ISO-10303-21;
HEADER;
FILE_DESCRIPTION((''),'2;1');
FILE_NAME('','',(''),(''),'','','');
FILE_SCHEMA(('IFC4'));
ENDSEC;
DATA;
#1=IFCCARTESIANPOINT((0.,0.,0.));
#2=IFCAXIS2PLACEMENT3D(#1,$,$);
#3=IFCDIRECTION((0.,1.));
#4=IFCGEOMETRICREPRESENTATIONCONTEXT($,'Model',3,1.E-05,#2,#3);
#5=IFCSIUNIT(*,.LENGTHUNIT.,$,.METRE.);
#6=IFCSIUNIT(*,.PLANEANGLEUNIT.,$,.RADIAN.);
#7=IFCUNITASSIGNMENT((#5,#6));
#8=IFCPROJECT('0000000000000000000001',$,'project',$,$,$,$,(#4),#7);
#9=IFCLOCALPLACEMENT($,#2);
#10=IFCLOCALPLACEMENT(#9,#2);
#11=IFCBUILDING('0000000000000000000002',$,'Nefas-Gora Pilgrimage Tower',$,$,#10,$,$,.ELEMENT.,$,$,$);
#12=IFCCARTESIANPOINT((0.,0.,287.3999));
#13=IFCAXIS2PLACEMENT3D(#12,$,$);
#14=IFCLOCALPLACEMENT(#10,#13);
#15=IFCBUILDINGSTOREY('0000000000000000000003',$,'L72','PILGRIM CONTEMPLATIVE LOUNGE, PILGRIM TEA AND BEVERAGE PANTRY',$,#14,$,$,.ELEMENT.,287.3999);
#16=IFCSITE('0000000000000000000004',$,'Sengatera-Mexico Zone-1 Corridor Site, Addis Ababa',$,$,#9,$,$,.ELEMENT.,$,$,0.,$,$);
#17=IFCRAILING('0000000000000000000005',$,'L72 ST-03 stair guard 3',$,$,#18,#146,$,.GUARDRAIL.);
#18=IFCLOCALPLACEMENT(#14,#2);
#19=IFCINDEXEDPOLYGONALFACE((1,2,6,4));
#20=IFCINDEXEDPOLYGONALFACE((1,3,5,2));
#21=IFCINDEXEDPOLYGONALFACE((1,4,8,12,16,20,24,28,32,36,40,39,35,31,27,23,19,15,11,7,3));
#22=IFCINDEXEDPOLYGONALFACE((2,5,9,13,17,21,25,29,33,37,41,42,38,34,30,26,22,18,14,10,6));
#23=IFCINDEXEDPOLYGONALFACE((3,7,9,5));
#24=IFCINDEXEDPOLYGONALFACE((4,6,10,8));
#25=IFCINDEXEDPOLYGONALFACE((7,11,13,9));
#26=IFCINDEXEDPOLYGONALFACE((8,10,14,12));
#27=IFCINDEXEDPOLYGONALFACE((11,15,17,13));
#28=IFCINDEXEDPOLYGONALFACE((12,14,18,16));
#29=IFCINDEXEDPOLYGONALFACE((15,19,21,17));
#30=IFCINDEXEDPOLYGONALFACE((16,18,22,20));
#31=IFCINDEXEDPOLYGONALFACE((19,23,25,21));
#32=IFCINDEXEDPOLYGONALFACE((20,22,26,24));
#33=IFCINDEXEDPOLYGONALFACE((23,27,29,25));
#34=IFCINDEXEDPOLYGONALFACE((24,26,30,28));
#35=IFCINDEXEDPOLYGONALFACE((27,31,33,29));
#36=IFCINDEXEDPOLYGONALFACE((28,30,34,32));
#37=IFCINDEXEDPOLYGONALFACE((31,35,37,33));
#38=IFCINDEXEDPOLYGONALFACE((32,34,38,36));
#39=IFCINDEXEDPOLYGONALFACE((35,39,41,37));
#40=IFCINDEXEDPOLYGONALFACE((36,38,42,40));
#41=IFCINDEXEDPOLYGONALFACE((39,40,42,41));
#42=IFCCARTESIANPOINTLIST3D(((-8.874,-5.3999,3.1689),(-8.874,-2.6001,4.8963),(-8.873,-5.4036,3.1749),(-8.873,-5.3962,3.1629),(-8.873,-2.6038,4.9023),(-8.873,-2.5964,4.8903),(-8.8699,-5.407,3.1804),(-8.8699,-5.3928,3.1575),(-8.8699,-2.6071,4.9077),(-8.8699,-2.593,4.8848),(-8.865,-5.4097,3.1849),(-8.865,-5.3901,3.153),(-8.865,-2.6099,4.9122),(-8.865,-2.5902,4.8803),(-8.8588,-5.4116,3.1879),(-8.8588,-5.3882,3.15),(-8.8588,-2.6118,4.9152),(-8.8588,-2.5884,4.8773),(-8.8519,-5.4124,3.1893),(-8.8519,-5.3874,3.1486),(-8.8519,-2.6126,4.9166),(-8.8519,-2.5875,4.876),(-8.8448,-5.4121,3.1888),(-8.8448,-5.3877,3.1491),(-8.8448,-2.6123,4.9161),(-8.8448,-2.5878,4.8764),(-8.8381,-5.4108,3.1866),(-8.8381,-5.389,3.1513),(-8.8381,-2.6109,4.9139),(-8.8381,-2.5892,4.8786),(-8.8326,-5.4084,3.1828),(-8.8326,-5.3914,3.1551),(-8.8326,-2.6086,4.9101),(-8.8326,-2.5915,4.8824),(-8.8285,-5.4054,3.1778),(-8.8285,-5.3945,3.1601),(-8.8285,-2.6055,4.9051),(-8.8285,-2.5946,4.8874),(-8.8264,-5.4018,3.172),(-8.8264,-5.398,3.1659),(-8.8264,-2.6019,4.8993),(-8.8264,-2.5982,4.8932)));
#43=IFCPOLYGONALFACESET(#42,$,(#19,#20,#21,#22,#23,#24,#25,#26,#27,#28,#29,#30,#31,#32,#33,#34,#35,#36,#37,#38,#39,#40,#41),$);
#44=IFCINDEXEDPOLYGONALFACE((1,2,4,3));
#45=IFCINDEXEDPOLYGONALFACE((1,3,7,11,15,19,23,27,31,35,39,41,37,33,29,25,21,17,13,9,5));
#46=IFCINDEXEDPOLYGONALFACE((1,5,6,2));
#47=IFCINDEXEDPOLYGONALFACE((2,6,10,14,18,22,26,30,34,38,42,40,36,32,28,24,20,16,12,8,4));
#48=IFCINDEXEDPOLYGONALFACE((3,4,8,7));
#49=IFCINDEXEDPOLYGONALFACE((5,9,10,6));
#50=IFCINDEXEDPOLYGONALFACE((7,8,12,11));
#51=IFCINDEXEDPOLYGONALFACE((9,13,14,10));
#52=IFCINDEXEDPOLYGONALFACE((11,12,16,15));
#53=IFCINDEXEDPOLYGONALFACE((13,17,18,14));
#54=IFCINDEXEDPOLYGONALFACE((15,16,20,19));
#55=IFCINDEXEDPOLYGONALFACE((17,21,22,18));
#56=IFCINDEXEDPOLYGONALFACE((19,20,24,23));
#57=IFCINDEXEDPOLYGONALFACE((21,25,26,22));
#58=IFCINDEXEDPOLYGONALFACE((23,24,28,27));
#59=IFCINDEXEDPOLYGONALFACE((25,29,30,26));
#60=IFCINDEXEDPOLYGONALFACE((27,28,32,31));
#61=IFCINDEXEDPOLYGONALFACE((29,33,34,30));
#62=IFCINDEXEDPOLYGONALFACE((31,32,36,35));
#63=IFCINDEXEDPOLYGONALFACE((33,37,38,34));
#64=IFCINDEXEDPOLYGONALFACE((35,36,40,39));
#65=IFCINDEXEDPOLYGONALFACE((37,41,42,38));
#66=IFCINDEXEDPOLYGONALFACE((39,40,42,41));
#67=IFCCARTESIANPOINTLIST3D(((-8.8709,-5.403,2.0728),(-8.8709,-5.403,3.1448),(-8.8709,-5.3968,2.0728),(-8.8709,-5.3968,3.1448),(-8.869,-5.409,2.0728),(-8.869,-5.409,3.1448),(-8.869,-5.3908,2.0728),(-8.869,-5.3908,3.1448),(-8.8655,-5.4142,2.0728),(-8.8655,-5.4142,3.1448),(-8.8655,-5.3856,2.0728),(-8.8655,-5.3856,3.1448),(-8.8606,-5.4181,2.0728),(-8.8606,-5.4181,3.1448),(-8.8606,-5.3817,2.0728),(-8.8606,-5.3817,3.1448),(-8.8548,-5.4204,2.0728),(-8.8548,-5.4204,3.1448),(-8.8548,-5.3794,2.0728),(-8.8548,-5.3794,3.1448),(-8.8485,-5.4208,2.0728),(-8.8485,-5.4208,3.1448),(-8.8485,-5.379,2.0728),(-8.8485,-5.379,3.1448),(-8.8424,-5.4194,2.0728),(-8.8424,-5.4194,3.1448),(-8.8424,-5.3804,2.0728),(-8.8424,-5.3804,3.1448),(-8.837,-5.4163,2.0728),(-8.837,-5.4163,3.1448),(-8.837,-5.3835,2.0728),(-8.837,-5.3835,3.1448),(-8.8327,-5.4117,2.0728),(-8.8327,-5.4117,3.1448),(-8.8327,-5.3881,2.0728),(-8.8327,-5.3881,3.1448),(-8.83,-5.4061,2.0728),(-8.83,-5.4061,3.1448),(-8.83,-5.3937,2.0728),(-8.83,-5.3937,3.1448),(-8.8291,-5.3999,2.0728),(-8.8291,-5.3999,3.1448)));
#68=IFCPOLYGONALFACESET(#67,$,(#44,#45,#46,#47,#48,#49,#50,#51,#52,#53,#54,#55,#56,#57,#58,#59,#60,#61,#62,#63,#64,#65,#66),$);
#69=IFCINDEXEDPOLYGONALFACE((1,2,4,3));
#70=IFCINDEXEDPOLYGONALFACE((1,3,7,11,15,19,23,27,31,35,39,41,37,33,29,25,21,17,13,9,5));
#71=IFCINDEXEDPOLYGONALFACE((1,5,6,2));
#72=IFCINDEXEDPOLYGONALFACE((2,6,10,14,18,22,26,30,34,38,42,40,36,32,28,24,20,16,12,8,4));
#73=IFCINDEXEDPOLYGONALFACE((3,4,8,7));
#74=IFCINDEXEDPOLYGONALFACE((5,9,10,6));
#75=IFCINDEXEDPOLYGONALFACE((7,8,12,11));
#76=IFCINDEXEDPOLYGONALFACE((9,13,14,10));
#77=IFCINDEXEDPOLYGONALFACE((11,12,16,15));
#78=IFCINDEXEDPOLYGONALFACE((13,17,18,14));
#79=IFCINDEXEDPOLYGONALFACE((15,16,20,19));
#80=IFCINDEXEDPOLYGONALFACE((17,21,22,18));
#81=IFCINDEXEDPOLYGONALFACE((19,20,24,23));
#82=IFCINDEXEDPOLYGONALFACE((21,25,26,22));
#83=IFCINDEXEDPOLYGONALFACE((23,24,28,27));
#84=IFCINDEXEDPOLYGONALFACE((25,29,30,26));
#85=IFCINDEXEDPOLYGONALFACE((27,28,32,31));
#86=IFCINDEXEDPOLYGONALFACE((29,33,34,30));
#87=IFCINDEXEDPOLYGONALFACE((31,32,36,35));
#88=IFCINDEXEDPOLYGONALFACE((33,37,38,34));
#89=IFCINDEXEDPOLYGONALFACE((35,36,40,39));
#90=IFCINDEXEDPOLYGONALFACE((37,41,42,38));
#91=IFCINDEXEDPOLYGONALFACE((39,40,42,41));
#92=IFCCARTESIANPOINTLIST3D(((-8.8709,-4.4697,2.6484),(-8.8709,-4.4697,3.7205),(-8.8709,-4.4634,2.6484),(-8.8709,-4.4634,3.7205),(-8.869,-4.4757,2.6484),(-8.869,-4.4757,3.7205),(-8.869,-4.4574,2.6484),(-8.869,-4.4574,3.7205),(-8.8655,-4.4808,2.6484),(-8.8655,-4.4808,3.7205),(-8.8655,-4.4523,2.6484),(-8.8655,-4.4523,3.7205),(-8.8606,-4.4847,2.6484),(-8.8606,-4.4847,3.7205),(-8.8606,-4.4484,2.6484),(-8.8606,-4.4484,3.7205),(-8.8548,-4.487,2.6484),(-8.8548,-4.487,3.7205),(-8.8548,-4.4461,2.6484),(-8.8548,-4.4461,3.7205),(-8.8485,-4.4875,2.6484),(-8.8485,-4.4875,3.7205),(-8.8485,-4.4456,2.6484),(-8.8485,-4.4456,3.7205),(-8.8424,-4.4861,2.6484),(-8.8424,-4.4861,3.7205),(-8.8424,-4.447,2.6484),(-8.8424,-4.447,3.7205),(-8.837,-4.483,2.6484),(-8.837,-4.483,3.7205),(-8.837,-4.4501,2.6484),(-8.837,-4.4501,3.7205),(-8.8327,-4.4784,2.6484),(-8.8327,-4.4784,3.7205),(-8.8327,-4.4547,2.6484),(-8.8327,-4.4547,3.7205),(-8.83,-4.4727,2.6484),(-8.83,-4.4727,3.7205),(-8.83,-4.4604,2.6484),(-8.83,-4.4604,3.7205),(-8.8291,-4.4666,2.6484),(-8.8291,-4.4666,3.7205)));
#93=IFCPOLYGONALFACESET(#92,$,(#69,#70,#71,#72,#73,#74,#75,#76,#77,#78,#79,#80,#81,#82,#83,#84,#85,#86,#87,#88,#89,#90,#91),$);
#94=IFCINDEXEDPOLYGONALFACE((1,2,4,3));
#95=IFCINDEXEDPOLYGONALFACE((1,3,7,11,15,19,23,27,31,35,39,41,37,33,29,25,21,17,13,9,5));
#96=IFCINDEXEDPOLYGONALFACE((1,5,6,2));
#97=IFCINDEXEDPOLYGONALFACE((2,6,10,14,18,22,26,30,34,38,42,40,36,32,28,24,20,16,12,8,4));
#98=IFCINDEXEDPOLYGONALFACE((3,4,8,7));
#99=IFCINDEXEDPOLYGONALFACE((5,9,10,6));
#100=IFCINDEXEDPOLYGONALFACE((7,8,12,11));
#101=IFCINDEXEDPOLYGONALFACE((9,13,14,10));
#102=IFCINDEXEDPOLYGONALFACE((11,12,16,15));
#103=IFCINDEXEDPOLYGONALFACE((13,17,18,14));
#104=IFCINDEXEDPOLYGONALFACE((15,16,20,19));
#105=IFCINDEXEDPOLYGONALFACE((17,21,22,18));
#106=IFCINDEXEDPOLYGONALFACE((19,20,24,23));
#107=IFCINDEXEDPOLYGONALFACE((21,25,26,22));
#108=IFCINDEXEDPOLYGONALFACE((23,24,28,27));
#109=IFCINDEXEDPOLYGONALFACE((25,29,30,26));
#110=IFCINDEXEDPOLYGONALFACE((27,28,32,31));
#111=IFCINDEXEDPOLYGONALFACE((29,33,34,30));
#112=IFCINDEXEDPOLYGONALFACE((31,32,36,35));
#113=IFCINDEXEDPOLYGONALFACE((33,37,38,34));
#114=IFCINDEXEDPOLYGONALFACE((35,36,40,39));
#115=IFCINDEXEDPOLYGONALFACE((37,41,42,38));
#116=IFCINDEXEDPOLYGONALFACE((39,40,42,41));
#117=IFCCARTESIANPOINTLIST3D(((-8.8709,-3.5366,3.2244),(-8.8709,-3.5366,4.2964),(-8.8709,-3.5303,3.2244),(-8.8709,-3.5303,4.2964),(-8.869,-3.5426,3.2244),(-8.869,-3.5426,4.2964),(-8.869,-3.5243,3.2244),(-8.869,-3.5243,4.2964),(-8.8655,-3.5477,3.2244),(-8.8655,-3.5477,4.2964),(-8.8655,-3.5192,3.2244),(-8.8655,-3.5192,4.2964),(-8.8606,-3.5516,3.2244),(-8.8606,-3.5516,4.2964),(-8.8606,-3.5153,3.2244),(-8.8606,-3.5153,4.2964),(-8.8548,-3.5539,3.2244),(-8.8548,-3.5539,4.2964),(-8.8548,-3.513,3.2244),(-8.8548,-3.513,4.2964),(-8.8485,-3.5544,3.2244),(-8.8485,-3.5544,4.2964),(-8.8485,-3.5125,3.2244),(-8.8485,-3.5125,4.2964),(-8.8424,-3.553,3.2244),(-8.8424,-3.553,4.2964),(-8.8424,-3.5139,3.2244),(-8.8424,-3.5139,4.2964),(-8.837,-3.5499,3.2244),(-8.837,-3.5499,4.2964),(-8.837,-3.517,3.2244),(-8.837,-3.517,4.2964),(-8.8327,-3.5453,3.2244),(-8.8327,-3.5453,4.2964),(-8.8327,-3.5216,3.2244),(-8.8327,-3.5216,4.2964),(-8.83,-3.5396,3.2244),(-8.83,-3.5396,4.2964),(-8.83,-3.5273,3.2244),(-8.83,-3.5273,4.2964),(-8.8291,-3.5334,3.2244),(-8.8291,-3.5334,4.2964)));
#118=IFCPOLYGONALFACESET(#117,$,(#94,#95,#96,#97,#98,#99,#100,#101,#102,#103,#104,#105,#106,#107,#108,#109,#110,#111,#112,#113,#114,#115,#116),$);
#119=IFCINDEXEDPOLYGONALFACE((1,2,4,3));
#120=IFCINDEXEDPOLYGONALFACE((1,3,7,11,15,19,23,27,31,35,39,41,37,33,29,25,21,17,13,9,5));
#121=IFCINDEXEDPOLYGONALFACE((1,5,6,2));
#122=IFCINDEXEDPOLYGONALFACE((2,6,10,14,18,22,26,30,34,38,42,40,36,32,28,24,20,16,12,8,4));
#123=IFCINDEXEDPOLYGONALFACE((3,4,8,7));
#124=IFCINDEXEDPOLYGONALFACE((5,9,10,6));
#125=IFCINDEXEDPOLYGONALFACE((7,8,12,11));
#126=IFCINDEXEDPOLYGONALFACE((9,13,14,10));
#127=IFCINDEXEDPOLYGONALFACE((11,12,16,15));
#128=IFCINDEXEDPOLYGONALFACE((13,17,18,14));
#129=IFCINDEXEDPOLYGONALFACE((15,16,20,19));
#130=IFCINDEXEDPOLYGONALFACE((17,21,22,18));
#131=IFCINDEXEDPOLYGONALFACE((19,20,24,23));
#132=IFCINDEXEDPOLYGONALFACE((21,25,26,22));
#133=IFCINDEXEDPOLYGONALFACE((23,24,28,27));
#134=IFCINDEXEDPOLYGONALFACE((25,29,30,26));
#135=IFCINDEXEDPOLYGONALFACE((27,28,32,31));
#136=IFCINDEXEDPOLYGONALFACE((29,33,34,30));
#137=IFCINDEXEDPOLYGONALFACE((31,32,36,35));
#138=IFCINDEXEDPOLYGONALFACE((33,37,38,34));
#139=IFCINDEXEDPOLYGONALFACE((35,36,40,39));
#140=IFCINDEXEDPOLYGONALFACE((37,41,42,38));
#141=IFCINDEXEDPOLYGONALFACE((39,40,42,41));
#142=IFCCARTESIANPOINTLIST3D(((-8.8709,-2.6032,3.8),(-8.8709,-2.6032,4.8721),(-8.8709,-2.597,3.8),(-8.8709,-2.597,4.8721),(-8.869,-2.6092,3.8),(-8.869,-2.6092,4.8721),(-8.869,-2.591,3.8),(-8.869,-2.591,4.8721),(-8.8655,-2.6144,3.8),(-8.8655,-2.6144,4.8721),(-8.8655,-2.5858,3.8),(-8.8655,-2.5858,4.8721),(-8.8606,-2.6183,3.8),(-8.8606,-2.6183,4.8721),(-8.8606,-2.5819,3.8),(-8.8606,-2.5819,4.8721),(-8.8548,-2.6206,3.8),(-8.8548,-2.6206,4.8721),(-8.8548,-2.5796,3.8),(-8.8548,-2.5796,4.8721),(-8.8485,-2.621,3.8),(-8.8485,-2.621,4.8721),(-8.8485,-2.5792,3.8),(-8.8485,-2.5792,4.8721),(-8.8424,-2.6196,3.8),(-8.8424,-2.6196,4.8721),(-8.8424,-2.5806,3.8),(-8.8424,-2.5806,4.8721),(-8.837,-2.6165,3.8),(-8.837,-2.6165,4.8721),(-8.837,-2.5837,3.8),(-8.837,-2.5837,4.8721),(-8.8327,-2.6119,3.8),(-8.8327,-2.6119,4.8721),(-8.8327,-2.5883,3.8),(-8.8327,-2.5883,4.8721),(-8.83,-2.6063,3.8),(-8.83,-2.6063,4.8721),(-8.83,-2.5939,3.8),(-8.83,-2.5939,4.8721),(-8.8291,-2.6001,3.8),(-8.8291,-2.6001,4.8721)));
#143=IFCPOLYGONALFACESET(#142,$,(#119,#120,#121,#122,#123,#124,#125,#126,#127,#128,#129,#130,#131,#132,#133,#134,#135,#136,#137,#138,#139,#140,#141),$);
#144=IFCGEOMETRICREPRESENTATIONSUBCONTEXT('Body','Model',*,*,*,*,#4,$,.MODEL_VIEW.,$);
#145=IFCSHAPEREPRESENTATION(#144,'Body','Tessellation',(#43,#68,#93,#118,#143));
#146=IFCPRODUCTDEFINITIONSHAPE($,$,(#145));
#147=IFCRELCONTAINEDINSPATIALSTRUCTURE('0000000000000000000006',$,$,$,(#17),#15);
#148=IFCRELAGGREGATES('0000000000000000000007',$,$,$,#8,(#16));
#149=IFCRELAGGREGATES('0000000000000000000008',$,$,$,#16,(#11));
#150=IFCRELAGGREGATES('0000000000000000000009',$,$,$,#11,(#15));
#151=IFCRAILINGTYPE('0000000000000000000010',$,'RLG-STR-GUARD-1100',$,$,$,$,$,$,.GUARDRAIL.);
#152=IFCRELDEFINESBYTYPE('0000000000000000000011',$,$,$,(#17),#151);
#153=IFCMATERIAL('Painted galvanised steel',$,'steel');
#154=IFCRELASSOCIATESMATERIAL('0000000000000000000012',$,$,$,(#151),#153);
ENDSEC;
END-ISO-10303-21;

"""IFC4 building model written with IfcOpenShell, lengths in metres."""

from ifc_helpers import new_model, si_unit, direction, frame, origin, origin_2d, place, context, subcontext, project, spatial, circle, extrude, material, type_object, element, save


model = new_model("IFC4")

# Units and contexts
model_context = context("Model", 3, precision=1e-05, world=origin(), true_north=direction((0.0, 1.0)))
body_context = subcontext(model_context, "Body", "Model", "MODEL_VIEW")
ifc_project = project(units=[si_unit("LENGTHUNIT", "METRE"), si_unit("PLANEANGLEUNIT", "RADIAN")], contexts=[model_context])

# Site, building, storey
site_placement = place(None, origin())
site = spatial("IfcSite", under=ifc_project, at=site_placement, Name="Sengatera-Mexico Zone-1 Corridor Site, Addis Ababa", CompositionType="ELEMENT", RefElevation=0.0)
building_placement = place(site_placement, origin())
building = spatial("IfcBuilding", under=site, at=building_placement, Name="Nefas-Gora Pilgrimage Tower", CompositionType="ELEMENT")
storey_placement = place(building_placement, frame((0.0, 0.0, 287.3999)))
storey = spatial("IfcBuildingStorey", under=building, at=storey_placement, Name="L72", Description="PILGRIM CONTEMPLATIVE LOUNGE, PILGRIM TEA AND BEVERAGE PANTRY", CompositionType="ELEMENT", Elevation=287.3999)

# Railing
ifc_material_1 = material(Name="Painted galvanised steel", Category="steel")
railing_type_1 = type_object("IfcRailingType", Name="RLG-STR-GUARD-1100", PredefinedType="GUARDRAIL", material=ifc_material_1)
railing_1_placement = place(storey_placement, frame((-8.8501, -5.3999, 2.0728)))
element("IfcRailing", 1, at=railing_1_placement, inside=storey, type_object=railing_type_1, Name="L72 ST-03 stair guard 3", PredefinedType="GUARDRAIL", context=body_context, shape_type="SweptSolid", body=[
    extrude(circle(Radius=0.0239, at=origin_2d()), frame((0.0, 0.0, 1.0962), z_axis=(0.0, 0.851069, 0.525054), x_axis=(-1.0, 0.0, 0.0)), (0.0, 0.0, 1.0), 3.2898),
    extrude(circle(Radius=0.021, at=origin_2d()), origin(), (0.0, 0.0, 1.0), 1.072),
    extrude(circle(Radius=0.021, at=origin_2d()), frame((0.0, 0.9333, 0.5757)), (0.0, 0.0, 1.0), 1.072),
    extrude(circle(Radius=0.021, at=origin_2d()), frame((0.0, 1.8665, 1.1516)), (0.0, 0.0, 1.0), 1.072),
    extrude(circle(Radius=0.021, at=origin_2d()), frame((0.0, 2.7998, 1.7273)), (0.0, 0.0, 1.0), 1.072),
])

save(model, "model.ifc")
